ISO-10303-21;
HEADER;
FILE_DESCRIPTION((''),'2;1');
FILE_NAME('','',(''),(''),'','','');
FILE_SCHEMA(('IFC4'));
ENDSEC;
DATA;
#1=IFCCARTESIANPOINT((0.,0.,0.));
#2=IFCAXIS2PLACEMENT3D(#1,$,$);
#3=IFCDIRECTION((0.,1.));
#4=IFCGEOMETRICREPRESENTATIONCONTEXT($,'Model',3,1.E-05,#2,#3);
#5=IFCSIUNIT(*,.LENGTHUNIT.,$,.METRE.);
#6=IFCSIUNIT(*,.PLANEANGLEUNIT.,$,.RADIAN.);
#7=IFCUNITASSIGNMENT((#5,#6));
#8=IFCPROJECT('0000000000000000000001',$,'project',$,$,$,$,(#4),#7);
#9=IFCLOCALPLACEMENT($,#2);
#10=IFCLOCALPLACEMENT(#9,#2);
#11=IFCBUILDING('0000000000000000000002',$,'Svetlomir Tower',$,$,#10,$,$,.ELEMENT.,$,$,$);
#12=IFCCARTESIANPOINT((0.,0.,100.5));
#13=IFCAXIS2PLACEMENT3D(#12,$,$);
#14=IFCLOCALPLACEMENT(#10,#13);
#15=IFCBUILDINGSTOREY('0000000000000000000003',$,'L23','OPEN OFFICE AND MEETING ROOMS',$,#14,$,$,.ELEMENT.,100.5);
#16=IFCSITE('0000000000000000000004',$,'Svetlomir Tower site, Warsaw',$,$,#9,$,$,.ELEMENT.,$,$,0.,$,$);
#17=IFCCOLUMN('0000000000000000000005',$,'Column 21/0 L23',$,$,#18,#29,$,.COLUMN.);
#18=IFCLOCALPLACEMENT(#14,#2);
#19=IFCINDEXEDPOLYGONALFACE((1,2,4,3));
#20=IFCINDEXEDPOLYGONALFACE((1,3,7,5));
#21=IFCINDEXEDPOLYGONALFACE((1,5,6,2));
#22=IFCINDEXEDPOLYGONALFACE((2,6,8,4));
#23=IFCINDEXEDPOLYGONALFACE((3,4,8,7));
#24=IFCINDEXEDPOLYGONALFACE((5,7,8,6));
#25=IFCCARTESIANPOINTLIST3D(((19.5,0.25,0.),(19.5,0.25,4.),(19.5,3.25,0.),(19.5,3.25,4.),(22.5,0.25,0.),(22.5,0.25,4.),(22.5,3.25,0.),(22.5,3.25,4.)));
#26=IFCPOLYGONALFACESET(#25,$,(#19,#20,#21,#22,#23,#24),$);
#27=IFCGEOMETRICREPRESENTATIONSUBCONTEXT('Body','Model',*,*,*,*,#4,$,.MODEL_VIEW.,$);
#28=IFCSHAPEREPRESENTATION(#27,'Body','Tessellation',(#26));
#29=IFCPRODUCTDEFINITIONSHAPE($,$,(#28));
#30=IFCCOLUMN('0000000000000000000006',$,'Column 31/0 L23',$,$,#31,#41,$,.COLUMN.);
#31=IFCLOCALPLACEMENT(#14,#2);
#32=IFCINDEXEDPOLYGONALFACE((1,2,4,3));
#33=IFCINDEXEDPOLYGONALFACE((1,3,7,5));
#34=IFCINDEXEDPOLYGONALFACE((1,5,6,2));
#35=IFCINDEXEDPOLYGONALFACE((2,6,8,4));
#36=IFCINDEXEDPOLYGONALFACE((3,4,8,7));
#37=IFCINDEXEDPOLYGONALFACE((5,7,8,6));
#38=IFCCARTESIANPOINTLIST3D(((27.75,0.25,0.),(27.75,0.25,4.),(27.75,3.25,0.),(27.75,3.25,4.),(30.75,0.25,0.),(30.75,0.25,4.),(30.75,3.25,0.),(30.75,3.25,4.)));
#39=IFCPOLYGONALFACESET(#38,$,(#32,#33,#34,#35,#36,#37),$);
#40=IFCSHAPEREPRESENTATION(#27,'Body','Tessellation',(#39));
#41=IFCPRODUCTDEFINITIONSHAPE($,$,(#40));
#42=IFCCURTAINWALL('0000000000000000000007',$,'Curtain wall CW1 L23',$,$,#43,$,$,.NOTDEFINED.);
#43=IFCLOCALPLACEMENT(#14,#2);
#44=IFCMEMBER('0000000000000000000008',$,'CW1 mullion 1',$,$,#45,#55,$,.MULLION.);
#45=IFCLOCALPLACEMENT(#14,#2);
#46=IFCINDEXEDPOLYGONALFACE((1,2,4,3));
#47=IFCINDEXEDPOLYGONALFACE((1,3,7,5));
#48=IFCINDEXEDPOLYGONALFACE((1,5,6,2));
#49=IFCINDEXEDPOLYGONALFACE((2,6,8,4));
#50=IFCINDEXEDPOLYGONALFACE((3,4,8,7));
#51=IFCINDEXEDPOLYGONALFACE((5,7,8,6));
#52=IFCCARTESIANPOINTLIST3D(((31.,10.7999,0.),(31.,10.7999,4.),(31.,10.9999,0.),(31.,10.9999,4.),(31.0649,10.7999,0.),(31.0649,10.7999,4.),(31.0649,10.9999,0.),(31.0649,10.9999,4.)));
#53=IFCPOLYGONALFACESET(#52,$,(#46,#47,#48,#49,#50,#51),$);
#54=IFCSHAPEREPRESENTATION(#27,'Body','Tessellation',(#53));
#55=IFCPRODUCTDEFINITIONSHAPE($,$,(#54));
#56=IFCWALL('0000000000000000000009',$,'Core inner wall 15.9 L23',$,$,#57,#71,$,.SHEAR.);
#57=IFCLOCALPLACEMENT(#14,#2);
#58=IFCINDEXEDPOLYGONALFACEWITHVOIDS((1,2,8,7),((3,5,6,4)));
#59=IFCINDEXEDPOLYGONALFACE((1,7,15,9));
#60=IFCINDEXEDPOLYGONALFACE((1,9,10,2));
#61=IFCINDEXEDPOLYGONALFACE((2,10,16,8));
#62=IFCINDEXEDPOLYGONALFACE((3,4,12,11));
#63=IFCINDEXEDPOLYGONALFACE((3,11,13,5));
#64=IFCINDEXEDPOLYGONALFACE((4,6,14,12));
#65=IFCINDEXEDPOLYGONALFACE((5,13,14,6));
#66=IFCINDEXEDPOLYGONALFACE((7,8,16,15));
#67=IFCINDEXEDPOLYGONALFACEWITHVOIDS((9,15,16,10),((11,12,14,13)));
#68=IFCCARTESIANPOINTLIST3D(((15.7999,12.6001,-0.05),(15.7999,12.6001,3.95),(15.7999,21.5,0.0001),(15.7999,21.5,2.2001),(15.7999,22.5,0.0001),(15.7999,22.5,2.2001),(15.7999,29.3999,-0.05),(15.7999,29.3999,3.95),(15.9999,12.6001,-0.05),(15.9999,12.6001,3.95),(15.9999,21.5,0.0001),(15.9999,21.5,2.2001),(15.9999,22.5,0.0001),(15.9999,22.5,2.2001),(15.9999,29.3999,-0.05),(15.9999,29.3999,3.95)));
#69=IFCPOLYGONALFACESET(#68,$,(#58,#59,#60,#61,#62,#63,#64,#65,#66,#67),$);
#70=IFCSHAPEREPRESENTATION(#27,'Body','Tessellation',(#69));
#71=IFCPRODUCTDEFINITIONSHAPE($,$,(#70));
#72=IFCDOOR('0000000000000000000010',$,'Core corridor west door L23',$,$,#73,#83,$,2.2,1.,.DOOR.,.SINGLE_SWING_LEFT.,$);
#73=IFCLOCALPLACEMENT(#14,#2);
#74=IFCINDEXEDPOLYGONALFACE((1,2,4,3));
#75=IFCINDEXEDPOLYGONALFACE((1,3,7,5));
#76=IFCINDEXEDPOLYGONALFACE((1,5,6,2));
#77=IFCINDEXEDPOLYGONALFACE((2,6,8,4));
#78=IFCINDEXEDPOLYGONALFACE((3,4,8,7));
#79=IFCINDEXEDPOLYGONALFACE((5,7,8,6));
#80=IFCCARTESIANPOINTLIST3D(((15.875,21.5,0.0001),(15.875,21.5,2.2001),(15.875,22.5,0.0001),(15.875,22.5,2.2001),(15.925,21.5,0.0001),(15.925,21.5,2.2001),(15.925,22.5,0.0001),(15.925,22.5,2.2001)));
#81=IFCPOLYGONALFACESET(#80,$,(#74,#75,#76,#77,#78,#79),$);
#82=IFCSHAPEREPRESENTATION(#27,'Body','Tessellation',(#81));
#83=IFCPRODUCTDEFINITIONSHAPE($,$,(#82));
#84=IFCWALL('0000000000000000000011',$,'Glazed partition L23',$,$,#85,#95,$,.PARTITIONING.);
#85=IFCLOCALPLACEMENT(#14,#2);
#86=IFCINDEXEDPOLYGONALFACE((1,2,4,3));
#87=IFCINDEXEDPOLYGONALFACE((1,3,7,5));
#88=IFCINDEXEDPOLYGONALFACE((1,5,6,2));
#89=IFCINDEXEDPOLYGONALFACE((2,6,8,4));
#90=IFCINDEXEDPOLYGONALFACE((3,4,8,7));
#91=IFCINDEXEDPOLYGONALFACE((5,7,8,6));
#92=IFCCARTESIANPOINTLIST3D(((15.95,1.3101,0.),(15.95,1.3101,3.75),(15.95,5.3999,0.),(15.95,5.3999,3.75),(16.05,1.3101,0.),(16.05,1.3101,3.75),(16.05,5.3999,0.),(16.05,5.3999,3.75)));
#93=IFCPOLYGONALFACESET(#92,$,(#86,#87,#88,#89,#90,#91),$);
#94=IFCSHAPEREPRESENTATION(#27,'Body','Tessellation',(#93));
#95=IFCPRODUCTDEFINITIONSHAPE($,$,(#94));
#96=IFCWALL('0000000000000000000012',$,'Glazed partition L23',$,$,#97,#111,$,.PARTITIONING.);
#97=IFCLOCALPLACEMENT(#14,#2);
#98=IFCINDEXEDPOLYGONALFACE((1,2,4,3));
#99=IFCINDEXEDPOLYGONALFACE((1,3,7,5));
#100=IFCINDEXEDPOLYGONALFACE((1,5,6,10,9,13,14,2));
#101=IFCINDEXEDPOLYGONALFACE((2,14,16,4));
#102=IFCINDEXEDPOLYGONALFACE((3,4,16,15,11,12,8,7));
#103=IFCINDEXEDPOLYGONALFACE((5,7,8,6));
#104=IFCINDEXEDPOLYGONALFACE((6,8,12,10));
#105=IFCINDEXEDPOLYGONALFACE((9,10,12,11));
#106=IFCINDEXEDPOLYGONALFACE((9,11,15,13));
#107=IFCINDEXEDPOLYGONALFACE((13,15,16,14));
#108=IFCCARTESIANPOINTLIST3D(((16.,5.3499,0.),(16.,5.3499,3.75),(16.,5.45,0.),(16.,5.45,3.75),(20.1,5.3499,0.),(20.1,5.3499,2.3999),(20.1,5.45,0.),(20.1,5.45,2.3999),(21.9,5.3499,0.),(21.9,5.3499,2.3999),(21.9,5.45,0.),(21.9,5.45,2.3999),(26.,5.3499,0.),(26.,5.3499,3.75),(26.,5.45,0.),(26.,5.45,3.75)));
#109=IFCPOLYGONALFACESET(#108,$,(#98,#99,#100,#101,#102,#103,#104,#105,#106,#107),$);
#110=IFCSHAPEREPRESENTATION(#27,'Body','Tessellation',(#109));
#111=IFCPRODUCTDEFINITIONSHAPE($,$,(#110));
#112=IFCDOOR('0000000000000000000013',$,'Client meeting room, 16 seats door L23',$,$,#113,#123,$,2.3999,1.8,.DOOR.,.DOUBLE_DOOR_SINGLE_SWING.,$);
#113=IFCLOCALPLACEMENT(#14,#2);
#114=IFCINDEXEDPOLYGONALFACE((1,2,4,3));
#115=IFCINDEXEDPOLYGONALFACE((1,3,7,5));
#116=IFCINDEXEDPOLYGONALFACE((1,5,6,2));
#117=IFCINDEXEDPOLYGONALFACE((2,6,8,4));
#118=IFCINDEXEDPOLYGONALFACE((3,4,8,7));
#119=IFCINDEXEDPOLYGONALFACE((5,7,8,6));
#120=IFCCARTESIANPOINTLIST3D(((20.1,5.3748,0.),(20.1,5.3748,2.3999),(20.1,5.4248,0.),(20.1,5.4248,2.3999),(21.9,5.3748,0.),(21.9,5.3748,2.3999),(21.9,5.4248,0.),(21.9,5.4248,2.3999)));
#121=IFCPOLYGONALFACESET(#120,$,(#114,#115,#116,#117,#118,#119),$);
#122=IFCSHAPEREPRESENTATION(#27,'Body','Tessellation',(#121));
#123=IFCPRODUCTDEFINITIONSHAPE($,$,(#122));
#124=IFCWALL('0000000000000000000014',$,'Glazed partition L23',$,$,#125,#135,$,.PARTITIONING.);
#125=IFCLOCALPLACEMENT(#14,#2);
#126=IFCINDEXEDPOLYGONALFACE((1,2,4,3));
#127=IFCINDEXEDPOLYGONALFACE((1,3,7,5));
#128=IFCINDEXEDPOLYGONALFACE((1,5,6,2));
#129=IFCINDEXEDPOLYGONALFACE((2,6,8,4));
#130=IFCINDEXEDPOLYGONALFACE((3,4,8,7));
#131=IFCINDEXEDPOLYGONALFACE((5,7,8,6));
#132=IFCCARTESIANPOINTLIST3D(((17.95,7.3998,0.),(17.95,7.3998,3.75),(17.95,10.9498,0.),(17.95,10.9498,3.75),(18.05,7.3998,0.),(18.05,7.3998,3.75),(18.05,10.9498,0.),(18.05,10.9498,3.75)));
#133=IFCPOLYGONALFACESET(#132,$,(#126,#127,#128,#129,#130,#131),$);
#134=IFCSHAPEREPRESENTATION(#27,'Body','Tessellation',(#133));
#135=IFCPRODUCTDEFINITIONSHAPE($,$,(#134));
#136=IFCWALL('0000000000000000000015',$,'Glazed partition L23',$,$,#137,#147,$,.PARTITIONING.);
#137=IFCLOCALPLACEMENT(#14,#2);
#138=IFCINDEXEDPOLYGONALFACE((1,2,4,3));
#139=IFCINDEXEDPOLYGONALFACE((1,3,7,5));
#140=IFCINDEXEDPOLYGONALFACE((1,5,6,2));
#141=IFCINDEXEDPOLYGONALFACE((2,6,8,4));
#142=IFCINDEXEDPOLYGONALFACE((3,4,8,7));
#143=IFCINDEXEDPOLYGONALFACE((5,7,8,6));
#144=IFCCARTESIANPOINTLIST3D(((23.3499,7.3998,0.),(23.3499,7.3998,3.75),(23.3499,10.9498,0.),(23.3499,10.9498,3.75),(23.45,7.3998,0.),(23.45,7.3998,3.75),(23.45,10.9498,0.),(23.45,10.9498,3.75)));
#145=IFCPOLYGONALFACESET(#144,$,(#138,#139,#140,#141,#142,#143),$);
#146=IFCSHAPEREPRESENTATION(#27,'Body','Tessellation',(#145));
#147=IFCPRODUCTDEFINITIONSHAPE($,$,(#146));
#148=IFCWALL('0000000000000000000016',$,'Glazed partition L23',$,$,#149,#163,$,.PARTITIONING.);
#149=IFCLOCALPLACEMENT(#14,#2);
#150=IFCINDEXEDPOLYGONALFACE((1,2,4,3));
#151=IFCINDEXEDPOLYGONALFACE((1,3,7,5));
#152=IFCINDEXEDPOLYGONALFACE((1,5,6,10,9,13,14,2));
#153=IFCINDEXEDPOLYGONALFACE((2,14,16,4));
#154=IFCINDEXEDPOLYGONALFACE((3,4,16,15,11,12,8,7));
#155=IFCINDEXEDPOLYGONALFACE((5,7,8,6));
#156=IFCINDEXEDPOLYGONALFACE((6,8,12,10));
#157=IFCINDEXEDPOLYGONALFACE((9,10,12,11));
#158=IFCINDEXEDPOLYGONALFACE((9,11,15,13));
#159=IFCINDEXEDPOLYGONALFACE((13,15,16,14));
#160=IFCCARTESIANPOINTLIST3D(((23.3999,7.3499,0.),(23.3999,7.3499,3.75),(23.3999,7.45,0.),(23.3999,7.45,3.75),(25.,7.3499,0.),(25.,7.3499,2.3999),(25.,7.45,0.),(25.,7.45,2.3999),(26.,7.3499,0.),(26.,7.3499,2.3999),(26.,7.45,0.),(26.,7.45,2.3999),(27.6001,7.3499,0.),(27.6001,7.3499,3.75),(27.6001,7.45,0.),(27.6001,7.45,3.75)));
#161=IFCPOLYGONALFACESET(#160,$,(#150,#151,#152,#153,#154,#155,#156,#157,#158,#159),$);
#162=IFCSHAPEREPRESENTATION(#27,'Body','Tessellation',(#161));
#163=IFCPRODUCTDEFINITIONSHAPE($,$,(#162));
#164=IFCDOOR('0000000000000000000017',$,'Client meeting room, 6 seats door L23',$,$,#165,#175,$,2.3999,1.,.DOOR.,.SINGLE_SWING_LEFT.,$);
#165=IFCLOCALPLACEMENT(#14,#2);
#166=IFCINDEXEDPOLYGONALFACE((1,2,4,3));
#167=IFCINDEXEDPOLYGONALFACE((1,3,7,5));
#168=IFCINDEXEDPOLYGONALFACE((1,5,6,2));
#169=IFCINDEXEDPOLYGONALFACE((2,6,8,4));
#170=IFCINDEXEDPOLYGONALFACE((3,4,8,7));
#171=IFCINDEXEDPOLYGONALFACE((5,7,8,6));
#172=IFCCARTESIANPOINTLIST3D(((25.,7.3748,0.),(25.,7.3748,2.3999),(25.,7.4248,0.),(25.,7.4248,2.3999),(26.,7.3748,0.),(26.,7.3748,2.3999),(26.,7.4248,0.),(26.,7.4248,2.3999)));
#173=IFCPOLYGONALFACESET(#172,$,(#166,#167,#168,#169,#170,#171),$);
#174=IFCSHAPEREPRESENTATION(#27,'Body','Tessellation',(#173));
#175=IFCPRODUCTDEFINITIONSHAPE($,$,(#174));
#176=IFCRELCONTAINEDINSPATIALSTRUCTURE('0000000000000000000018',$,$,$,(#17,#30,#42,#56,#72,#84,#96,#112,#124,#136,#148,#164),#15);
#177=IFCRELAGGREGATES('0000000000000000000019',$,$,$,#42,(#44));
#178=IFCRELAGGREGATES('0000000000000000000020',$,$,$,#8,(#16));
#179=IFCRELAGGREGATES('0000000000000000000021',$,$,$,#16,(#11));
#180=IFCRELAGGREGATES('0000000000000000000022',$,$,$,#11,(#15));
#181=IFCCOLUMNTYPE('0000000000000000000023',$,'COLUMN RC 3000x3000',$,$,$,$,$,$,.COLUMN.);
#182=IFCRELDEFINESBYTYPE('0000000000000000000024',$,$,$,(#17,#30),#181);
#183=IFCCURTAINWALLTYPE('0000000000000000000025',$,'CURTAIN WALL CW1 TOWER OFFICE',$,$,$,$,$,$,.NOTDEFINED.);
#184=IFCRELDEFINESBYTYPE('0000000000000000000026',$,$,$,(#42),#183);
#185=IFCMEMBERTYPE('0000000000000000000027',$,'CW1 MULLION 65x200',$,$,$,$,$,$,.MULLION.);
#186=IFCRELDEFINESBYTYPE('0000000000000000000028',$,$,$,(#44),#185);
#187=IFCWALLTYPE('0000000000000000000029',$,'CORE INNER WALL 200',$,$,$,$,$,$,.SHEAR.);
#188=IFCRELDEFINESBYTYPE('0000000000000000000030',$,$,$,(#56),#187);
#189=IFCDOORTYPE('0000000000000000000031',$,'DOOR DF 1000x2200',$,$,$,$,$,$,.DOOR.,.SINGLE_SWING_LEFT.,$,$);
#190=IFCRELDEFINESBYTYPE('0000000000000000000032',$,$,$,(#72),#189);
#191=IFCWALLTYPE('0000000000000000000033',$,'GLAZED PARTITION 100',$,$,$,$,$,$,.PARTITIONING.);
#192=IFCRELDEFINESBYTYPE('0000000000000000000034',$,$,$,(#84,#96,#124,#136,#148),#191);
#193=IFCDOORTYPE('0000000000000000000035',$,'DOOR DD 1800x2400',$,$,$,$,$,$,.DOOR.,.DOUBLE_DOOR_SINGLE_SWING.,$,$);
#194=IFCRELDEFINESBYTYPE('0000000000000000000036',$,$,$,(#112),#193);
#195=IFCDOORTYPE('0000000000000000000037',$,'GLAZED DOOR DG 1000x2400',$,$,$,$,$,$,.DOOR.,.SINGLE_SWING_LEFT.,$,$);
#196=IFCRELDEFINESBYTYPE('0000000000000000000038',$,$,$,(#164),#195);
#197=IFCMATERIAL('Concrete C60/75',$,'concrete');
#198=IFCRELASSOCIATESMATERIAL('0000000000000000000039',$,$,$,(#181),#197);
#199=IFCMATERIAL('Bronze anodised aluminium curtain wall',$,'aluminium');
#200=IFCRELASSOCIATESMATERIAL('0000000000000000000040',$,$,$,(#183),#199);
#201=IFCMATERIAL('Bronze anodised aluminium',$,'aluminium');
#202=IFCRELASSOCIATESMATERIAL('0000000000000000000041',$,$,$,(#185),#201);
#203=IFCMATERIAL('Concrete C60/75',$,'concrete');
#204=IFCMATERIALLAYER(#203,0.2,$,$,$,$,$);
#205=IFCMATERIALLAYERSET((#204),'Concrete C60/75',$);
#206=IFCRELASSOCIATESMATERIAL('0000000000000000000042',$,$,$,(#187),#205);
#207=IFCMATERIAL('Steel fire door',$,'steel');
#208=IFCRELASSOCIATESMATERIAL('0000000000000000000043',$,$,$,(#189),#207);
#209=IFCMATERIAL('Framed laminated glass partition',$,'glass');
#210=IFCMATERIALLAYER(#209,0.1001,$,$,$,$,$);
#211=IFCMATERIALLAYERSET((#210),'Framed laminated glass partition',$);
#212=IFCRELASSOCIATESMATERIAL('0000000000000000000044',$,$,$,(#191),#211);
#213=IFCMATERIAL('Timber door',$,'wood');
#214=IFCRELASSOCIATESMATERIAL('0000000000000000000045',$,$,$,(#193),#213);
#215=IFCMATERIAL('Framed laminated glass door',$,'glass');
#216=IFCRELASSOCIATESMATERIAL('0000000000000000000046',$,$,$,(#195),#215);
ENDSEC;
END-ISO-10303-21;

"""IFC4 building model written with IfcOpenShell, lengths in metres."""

from ifc_helpers import new_model, si_unit, direction, frame, frame_2d, origin, origin_2d, place, context, subcontext, project, spatial, rectangle, extrude, material, layer, layer_set, material_profile, profile_set, type_object, element, fill, aggregate, save


model = new_model("IFC4")

# Units and contexts
model_context = context("Model", 3, precision=1e-05, world=origin(), true_north=direction((0.0, 1.0)))
body_context = subcontext(model_context, "Body", "Model", "MODEL_VIEW")
ifc_project = project(units=[si_unit("LENGTHUNIT", "METRE"), si_unit("PLANEANGLEUNIT", "RADIAN")], contexts=[model_context])

# Site, building, storey
site_placement = place(None, origin())
site = spatial("IfcSite", under=ifc_project, at=site_placement, Name="Svetlomir Tower site, Warsaw", CompositionType="ELEMENT", RefElevation=0.0)
building_placement = place(site_placement, origin())
building = spatial("IfcBuilding", under=site, at=building_placement, Name="Svetlomir Tower", CompositionType="ELEMENT")
storey_placement = place(building_placement, frame((0.0, 0.0, 100.5)))
storey = spatial("IfcBuildingStorey", under=building, at=storey_placement, Name="L23", Description="OPEN OFFICE AND MEETING ROOMS", CompositionType="ELEMENT", Elevation=100.5)

# Columns
ifc_material_1 = material(Name="Concrete C60/75", Category="concrete")
ifc_material_profile_1 = material_profile(ifc_material_1, rectangle(XDim=3.0, YDim=3.0, at=origin_2d()), Name="RC 3000x3000")
ifc_profile_set_1 = profile_set([ifc_material_profile_1], Name="Concrete C60/75")
column_type = type_object("IfcColumnType", Name="COLUMN RC 3000x3000", PredefinedType="COLUMN", material=ifc_profile_set_1)
for number, where, z_axis, x_axis, name in (
    (1, (21.0, 1.75, 0.0), (0.0, 0.0, 1.0), (1.0, 0.0, 0.0), "Column 21/0 L23"),
    (2, (29.25, 1.75, 0.0), (0.0, 0.0, 1.0), (1.0, 0.0, 0.0), "Column 31/0 L23"),
):
    element("IfcColumn", number, at=place(storey_placement, frame(where, z_axis=z_axis, x_axis=x_axis)), inside=storey, type_object=column_type, Name=name, PredefinedType="COLUMN", context=body_context, shape_type="SweptSolid", body=[
        extrude(rectangle(XDim=3.0, YDim=3.0, at=origin_2d()), origin(), (0.0, 0.0, 1.0), 4.0),
    ])

# Curtain wall, member
ifc_material_2 = material(Name="Bronze anodised aluminium curtain wall", Category="aluminium")
curtain_wall_type = type_object("IfcCurtainWallType", Name="CURTAIN WALL CW1 TOWER OFFICE", PredefinedType="NOTDEFINED", material=ifc_material_2)
curtain_wall_placement = place(storey_placement, origin())
curtain_wall = element("IfcCurtainWall", 3, at=curtain_wall_placement, inside=storey, type_object=curtain_wall_type, Name="Curtain wall CW1 L23", PredefinedType="NOTDEFINED")
ifc_material_3 = material(Name="Bronze anodised aluminium", Category="aluminium")
ifc_material_profile_2 = material_profile(ifc_material_3, rectangle(XDim=0.0649, YDim=0.2, at=origin_2d()), Name="AL 65x200")
ifc_profile_set_2 = profile_set([ifc_material_profile_2], Name="Bronze anodised aluminium 6063-T6")
member_type = type_object("IfcMemberType", Name="CW1 MULLION 65x200", PredefinedType="MULLION", material=ifc_profile_set_2)
member_placement = place(storey_placement, frame((31.0325, 10.8999, 0.0), z_axis=(0.0, 0.0, 1.0), x_axis=(1.0, 0.0, 0.0)))
member = element("IfcMember", 4, at=member_placement, type_object=member_type, Name="CW1 mullion 1", PredefinedType="MULLION", context=body_context, shape_type="SweptSolid", body=[
    extrude(rectangle(XDim=0.0649, YDim=0.2, at=origin_2d()), origin(), (0.0, 0.0, 1.0), 4.0),
])
aggregate(curtain_wall, [member])

# Wall, opening, door
ifc_material_4 = material(Name="Concrete C60/75", Category="concrete")
ifc_layer_1 = layer(ifc_material_4, 0.2)
ifc_layer_set_1 = layer_set([ifc_layer_1], Name="Concrete C60/75")
wall_type_1 = type_object("IfcWallType", Name="CORE INNER WALL 200", PredefinedType="SHEAR", material=ifc_layer_set_1)
wall_1_placement = place(storey_placement, frame((15.8999, 12.6001, -0.05), z_axis=(0.0, 0.0, 1.0), x_axis=(0.0, 1.0, 0.0)))
wall_1 = element("IfcWall", 5, at=wall_1_placement, inside=storey, type_object=wall_type_1, Name="Core inner wall 15.9 L23", PredefinedType="SHEAR", context=body_context, shape_type="SweptSolid", body=[
    extrude(rectangle(XDim=16.7998, YDim=0.2, at=frame_2d((8.3999, 0.0))), origin(), (0.0, 0.0, 1.0), 4.0),
])
opening_1_placement = place(wall_1_placement, frame((8.8999, 0.0, 0.05)))
opening_1 = element("IfcOpeningElement", 6, at=opening_1_placement, cuts=wall_1, PredefinedType="OPENING", context=body_context, shape_type="SweptSolid", body=[
    extrude(rectangle(XDim=1.0, YDim=2.2, at=frame_2d((0.5, 1.1001))), frame((0.0, 0.1099, 0.0), z_axis=(0.0, -1.0, 0.0), x_axis=(1.0, 0.0, 0.0)), (0.0, 0.0, 1.0), 0.22),
])
ifc_material_5 = material(Name="Steel fire door", Category="steel")
door_type_1 = type_object("IfcDoorType", Name="DOOR DF 1000x2200", OperationType="SINGLE_SWING_LEFT", PredefinedType="DOOR", material=ifc_material_5)
door_1_placement = place(opening_1_placement, origin())
door_1 = element("IfcDoor", 7, at=door_1_placement, inside=storey, type_object=door_type_1, Name="Core corridor west door L23", OperationType="SINGLE_SWING_LEFT", OverallHeight=2.2, OverallWidth=1.0, PredefinedType="DOOR", context=body_context, shape_type="SweptSolid", body=[
    extrude(rectangle(XDim=1.0, YDim=2.2, at=frame_2d((0.5, 1.1001))), frame((0.0, 0.0249, 0.0), z_axis=(0.0, -1.0, 0.0), x_axis=(1.0, 0.0, 0.0)), (0.0, 0.0, 1.0), 0.05),
])
fill(opening_1, door_1)

# Wall
ifc_material_6 = material(Name="Framed laminated glass partition", Category="glass")
ifc_layer_2 = layer(ifc_material_6, 0.1001)
ifc_layer_set_2 = layer_set([ifc_layer_2], Name="Framed laminated glass partition")
wall_type_2 = type_object("IfcWallType", Name="GLAZED PARTITION 100", PredefinedType="PARTITIONING", material=ifc_layer_set_2)
wall_2_placement = place(storey_placement, frame((16.0, 1.3101, 0.0), z_axis=(0.0, 0.0, 1.0), x_axis=(0.0, 1.0, 0.0)))
element("IfcWall", 8, at=wall_2_placement, inside=storey, type_object=wall_type_2, Name="Glazed partition L23", PredefinedType="PARTITIONING", context=body_context, shape_type="SweptSolid", body=[
    extrude(rectangle(XDim=4.0898, YDim=0.1001, at=frame_2d((2.0449, 0.0))), origin(), (0.0, 0.0, 1.0), 3.75),
])

# Wall, opening, door
wall_3_placement = place(storey_placement, frame((16.0, 5.3999, 0.0), z_axis=(0.0, 0.0, 1.0), x_axis=(1.0, 0.0, 0.0)))
wall_3 = element("IfcWall", 9, at=wall_3_placement, inside=storey, type_object=wall_type_2, Name="Glazed partition L23", PredefinedType="PARTITIONING", context=body_context, shape_type="SweptSolid", body=[
    extrude(rectangle(XDim=10.0, YDim=0.1001, at=frame_2d((5.0, 0.0))), origin(), (0.0, 0.0, 1.0), 3.75),
])
opening_2_placement = place(wall_3_placement, frame((4.1001, 0.0, 0.0)))
opening_2 = element("IfcOpeningElement", 10, at=opening_2_placement, cuts=wall_3, PredefinedType="OPENING", context=body_context, shape_type="SweptSolid", body=[
    extrude(rectangle(XDim=1.8, YDim=2.3999, at=frame_2d((0.8999, 1.2))), frame((0.0, 0.0601, 0.0), z_axis=(0.0, -1.0, 0.0), x_axis=(1.0, 0.0, 0.0)), (0.0, 0.0, 1.0), 0.1201),
])
ifc_material_7 = material(Name="Timber door", Category="wood")
door_type_2 = type_object("IfcDoorType", Name="DOOR DD 1800x2400", OperationType="DOUBLE_DOOR_SINGLE_SWING", PredefinedType="DOOR", material=ifc_material_7)
door_2_placement = place(opening_2_placement, origin())
door_2 = element("IfcDoor", 11, at=door_2_placement, inside=storey, type_object=door_type_2, Name="Client meeting room, 16 seats door L23", OperationType="DOUBLE_DOOR_SINGLE_SWING", OverallHeight=2.3999, OverallWidth=1.8, PredefinedType="DOOR", context=body_context, shape_type="SweptSolid", body=[
    extrude(rectangle(XDim=1.8, YDim=2.3999, at=frame_2d((0.8999, 1.2))), frame((0.0, 0.0249, 0.0), z_axis=(0.0, -1.0, 0.0), x_axis=(1.0, 0.0, 0.0)), (0.0, 0.0, 1.0), 0.05),
])
fill(opening_2, door_2)

# Walls
for number, where, z_axis, x_axis, name in (
    (12, (18.0, 7.3999, 0.0), (0.0, 0.0, 1.0), (0.0, 1.0, 0.0), "Glazed partition L23"),
    (13, (23.3999, 7.3999, 0.0), (0.0, 0.0, 1.0), (0.0, 1.0, 0.0), "Glazed partition L23"),
):
    element("IfcWall", number, at=place(storey_placement, frame(where, z_axis=z_axis, x_axis=x_axis)), inside=storey, type_object=wall_type_2, Name=name, PredefinedType="PARTITIONING", context=body_context, shape_type="SweptSolid", body=[
        extrude(rectangle(XDim=3.55, YDim=0.1001, at=frame_2d((1.7749, 0.0))), origin(), (0.0, 0.0, 1.0), 3.75),
    ])

# Wall, opening, door
wall_4_placement = place(storey_placement, frame((23.3999, 7.3999, 0.0), z_axis=(0.0, 0.0, 1.0), x_axis=(1.0, 0.0, 0.0)))
wall_4 = element("IfcWall", 14, at=wall_4_placement, inside=storey, type_object=wall_type_2, Name="Glazed partition L23", PredefinedType="PARTITIONING", context=body_context, shape_type="SweptSolid", body=[
    extrude(rectangle(XDim=4.2002, YDim=0.1001, at=frame_2d((2.1001, 0.0))), origin(), (0.0, 0.0, 1.0), 3.75),
])
opening_3_placement = place(wall_4_placement, frame((1.6001, 0.0, 0.0)))
opening_3 = element("IfcOpeningElement", 15, at=opening_3_placement, cuts=wall_4, PredefinedType="OPENING", context=body_context, shape_type="SweptSolid", body=[
    extrude(rectangle(XDim=1.0, YDim=2.3999, at=frame_2d((0.5, 1.2))), frame((0.0, 0.0601, 0.0), z_axis=(0.0, -1.0, 0.0), x_axis=(1.0, 0.0, 0.0)), (0.0, 0.0, 1.0), 0.1201),
])
ifc_material_8 = material(Name="Framed laminated glass door", Category="glass")
door_type_3 = type_object("IfcDoorType", Name="GLAZED DOOR DG 1000x2400", OperationType="SINGLE_SWING_LEFT", PredefinedType="DOOR", material=ifc_material_8)
door_3_placement = place(opening_3_placement, origin())
door_3 = element("IfcDoor", 16, at=door_3_placement, inside=storey, type_object=door_type_3, Name="Client meeting room, 6 seats door L23", OperationType="SINGLE_SWING_LEFT", OverallHeight=2.3999, OverallWidth=1.0, PredefinedType="DOOR", context=body_context, shape_type="SweptSolid", body=[
    extrude(rectangle(XDim=1.0, YDim=2.3999, at=frame_2d((0.5, 1.2))), frame((0.0, 0.0249, 0.0), z_axis=(0.0, -1.0, 0.0), x_axis=(1.0, 0.0, 0.0)), (0.0, 0.0, 1.0), 0.05),
])
fill(opening_3, door_3)

save(model, "model.ifc")
